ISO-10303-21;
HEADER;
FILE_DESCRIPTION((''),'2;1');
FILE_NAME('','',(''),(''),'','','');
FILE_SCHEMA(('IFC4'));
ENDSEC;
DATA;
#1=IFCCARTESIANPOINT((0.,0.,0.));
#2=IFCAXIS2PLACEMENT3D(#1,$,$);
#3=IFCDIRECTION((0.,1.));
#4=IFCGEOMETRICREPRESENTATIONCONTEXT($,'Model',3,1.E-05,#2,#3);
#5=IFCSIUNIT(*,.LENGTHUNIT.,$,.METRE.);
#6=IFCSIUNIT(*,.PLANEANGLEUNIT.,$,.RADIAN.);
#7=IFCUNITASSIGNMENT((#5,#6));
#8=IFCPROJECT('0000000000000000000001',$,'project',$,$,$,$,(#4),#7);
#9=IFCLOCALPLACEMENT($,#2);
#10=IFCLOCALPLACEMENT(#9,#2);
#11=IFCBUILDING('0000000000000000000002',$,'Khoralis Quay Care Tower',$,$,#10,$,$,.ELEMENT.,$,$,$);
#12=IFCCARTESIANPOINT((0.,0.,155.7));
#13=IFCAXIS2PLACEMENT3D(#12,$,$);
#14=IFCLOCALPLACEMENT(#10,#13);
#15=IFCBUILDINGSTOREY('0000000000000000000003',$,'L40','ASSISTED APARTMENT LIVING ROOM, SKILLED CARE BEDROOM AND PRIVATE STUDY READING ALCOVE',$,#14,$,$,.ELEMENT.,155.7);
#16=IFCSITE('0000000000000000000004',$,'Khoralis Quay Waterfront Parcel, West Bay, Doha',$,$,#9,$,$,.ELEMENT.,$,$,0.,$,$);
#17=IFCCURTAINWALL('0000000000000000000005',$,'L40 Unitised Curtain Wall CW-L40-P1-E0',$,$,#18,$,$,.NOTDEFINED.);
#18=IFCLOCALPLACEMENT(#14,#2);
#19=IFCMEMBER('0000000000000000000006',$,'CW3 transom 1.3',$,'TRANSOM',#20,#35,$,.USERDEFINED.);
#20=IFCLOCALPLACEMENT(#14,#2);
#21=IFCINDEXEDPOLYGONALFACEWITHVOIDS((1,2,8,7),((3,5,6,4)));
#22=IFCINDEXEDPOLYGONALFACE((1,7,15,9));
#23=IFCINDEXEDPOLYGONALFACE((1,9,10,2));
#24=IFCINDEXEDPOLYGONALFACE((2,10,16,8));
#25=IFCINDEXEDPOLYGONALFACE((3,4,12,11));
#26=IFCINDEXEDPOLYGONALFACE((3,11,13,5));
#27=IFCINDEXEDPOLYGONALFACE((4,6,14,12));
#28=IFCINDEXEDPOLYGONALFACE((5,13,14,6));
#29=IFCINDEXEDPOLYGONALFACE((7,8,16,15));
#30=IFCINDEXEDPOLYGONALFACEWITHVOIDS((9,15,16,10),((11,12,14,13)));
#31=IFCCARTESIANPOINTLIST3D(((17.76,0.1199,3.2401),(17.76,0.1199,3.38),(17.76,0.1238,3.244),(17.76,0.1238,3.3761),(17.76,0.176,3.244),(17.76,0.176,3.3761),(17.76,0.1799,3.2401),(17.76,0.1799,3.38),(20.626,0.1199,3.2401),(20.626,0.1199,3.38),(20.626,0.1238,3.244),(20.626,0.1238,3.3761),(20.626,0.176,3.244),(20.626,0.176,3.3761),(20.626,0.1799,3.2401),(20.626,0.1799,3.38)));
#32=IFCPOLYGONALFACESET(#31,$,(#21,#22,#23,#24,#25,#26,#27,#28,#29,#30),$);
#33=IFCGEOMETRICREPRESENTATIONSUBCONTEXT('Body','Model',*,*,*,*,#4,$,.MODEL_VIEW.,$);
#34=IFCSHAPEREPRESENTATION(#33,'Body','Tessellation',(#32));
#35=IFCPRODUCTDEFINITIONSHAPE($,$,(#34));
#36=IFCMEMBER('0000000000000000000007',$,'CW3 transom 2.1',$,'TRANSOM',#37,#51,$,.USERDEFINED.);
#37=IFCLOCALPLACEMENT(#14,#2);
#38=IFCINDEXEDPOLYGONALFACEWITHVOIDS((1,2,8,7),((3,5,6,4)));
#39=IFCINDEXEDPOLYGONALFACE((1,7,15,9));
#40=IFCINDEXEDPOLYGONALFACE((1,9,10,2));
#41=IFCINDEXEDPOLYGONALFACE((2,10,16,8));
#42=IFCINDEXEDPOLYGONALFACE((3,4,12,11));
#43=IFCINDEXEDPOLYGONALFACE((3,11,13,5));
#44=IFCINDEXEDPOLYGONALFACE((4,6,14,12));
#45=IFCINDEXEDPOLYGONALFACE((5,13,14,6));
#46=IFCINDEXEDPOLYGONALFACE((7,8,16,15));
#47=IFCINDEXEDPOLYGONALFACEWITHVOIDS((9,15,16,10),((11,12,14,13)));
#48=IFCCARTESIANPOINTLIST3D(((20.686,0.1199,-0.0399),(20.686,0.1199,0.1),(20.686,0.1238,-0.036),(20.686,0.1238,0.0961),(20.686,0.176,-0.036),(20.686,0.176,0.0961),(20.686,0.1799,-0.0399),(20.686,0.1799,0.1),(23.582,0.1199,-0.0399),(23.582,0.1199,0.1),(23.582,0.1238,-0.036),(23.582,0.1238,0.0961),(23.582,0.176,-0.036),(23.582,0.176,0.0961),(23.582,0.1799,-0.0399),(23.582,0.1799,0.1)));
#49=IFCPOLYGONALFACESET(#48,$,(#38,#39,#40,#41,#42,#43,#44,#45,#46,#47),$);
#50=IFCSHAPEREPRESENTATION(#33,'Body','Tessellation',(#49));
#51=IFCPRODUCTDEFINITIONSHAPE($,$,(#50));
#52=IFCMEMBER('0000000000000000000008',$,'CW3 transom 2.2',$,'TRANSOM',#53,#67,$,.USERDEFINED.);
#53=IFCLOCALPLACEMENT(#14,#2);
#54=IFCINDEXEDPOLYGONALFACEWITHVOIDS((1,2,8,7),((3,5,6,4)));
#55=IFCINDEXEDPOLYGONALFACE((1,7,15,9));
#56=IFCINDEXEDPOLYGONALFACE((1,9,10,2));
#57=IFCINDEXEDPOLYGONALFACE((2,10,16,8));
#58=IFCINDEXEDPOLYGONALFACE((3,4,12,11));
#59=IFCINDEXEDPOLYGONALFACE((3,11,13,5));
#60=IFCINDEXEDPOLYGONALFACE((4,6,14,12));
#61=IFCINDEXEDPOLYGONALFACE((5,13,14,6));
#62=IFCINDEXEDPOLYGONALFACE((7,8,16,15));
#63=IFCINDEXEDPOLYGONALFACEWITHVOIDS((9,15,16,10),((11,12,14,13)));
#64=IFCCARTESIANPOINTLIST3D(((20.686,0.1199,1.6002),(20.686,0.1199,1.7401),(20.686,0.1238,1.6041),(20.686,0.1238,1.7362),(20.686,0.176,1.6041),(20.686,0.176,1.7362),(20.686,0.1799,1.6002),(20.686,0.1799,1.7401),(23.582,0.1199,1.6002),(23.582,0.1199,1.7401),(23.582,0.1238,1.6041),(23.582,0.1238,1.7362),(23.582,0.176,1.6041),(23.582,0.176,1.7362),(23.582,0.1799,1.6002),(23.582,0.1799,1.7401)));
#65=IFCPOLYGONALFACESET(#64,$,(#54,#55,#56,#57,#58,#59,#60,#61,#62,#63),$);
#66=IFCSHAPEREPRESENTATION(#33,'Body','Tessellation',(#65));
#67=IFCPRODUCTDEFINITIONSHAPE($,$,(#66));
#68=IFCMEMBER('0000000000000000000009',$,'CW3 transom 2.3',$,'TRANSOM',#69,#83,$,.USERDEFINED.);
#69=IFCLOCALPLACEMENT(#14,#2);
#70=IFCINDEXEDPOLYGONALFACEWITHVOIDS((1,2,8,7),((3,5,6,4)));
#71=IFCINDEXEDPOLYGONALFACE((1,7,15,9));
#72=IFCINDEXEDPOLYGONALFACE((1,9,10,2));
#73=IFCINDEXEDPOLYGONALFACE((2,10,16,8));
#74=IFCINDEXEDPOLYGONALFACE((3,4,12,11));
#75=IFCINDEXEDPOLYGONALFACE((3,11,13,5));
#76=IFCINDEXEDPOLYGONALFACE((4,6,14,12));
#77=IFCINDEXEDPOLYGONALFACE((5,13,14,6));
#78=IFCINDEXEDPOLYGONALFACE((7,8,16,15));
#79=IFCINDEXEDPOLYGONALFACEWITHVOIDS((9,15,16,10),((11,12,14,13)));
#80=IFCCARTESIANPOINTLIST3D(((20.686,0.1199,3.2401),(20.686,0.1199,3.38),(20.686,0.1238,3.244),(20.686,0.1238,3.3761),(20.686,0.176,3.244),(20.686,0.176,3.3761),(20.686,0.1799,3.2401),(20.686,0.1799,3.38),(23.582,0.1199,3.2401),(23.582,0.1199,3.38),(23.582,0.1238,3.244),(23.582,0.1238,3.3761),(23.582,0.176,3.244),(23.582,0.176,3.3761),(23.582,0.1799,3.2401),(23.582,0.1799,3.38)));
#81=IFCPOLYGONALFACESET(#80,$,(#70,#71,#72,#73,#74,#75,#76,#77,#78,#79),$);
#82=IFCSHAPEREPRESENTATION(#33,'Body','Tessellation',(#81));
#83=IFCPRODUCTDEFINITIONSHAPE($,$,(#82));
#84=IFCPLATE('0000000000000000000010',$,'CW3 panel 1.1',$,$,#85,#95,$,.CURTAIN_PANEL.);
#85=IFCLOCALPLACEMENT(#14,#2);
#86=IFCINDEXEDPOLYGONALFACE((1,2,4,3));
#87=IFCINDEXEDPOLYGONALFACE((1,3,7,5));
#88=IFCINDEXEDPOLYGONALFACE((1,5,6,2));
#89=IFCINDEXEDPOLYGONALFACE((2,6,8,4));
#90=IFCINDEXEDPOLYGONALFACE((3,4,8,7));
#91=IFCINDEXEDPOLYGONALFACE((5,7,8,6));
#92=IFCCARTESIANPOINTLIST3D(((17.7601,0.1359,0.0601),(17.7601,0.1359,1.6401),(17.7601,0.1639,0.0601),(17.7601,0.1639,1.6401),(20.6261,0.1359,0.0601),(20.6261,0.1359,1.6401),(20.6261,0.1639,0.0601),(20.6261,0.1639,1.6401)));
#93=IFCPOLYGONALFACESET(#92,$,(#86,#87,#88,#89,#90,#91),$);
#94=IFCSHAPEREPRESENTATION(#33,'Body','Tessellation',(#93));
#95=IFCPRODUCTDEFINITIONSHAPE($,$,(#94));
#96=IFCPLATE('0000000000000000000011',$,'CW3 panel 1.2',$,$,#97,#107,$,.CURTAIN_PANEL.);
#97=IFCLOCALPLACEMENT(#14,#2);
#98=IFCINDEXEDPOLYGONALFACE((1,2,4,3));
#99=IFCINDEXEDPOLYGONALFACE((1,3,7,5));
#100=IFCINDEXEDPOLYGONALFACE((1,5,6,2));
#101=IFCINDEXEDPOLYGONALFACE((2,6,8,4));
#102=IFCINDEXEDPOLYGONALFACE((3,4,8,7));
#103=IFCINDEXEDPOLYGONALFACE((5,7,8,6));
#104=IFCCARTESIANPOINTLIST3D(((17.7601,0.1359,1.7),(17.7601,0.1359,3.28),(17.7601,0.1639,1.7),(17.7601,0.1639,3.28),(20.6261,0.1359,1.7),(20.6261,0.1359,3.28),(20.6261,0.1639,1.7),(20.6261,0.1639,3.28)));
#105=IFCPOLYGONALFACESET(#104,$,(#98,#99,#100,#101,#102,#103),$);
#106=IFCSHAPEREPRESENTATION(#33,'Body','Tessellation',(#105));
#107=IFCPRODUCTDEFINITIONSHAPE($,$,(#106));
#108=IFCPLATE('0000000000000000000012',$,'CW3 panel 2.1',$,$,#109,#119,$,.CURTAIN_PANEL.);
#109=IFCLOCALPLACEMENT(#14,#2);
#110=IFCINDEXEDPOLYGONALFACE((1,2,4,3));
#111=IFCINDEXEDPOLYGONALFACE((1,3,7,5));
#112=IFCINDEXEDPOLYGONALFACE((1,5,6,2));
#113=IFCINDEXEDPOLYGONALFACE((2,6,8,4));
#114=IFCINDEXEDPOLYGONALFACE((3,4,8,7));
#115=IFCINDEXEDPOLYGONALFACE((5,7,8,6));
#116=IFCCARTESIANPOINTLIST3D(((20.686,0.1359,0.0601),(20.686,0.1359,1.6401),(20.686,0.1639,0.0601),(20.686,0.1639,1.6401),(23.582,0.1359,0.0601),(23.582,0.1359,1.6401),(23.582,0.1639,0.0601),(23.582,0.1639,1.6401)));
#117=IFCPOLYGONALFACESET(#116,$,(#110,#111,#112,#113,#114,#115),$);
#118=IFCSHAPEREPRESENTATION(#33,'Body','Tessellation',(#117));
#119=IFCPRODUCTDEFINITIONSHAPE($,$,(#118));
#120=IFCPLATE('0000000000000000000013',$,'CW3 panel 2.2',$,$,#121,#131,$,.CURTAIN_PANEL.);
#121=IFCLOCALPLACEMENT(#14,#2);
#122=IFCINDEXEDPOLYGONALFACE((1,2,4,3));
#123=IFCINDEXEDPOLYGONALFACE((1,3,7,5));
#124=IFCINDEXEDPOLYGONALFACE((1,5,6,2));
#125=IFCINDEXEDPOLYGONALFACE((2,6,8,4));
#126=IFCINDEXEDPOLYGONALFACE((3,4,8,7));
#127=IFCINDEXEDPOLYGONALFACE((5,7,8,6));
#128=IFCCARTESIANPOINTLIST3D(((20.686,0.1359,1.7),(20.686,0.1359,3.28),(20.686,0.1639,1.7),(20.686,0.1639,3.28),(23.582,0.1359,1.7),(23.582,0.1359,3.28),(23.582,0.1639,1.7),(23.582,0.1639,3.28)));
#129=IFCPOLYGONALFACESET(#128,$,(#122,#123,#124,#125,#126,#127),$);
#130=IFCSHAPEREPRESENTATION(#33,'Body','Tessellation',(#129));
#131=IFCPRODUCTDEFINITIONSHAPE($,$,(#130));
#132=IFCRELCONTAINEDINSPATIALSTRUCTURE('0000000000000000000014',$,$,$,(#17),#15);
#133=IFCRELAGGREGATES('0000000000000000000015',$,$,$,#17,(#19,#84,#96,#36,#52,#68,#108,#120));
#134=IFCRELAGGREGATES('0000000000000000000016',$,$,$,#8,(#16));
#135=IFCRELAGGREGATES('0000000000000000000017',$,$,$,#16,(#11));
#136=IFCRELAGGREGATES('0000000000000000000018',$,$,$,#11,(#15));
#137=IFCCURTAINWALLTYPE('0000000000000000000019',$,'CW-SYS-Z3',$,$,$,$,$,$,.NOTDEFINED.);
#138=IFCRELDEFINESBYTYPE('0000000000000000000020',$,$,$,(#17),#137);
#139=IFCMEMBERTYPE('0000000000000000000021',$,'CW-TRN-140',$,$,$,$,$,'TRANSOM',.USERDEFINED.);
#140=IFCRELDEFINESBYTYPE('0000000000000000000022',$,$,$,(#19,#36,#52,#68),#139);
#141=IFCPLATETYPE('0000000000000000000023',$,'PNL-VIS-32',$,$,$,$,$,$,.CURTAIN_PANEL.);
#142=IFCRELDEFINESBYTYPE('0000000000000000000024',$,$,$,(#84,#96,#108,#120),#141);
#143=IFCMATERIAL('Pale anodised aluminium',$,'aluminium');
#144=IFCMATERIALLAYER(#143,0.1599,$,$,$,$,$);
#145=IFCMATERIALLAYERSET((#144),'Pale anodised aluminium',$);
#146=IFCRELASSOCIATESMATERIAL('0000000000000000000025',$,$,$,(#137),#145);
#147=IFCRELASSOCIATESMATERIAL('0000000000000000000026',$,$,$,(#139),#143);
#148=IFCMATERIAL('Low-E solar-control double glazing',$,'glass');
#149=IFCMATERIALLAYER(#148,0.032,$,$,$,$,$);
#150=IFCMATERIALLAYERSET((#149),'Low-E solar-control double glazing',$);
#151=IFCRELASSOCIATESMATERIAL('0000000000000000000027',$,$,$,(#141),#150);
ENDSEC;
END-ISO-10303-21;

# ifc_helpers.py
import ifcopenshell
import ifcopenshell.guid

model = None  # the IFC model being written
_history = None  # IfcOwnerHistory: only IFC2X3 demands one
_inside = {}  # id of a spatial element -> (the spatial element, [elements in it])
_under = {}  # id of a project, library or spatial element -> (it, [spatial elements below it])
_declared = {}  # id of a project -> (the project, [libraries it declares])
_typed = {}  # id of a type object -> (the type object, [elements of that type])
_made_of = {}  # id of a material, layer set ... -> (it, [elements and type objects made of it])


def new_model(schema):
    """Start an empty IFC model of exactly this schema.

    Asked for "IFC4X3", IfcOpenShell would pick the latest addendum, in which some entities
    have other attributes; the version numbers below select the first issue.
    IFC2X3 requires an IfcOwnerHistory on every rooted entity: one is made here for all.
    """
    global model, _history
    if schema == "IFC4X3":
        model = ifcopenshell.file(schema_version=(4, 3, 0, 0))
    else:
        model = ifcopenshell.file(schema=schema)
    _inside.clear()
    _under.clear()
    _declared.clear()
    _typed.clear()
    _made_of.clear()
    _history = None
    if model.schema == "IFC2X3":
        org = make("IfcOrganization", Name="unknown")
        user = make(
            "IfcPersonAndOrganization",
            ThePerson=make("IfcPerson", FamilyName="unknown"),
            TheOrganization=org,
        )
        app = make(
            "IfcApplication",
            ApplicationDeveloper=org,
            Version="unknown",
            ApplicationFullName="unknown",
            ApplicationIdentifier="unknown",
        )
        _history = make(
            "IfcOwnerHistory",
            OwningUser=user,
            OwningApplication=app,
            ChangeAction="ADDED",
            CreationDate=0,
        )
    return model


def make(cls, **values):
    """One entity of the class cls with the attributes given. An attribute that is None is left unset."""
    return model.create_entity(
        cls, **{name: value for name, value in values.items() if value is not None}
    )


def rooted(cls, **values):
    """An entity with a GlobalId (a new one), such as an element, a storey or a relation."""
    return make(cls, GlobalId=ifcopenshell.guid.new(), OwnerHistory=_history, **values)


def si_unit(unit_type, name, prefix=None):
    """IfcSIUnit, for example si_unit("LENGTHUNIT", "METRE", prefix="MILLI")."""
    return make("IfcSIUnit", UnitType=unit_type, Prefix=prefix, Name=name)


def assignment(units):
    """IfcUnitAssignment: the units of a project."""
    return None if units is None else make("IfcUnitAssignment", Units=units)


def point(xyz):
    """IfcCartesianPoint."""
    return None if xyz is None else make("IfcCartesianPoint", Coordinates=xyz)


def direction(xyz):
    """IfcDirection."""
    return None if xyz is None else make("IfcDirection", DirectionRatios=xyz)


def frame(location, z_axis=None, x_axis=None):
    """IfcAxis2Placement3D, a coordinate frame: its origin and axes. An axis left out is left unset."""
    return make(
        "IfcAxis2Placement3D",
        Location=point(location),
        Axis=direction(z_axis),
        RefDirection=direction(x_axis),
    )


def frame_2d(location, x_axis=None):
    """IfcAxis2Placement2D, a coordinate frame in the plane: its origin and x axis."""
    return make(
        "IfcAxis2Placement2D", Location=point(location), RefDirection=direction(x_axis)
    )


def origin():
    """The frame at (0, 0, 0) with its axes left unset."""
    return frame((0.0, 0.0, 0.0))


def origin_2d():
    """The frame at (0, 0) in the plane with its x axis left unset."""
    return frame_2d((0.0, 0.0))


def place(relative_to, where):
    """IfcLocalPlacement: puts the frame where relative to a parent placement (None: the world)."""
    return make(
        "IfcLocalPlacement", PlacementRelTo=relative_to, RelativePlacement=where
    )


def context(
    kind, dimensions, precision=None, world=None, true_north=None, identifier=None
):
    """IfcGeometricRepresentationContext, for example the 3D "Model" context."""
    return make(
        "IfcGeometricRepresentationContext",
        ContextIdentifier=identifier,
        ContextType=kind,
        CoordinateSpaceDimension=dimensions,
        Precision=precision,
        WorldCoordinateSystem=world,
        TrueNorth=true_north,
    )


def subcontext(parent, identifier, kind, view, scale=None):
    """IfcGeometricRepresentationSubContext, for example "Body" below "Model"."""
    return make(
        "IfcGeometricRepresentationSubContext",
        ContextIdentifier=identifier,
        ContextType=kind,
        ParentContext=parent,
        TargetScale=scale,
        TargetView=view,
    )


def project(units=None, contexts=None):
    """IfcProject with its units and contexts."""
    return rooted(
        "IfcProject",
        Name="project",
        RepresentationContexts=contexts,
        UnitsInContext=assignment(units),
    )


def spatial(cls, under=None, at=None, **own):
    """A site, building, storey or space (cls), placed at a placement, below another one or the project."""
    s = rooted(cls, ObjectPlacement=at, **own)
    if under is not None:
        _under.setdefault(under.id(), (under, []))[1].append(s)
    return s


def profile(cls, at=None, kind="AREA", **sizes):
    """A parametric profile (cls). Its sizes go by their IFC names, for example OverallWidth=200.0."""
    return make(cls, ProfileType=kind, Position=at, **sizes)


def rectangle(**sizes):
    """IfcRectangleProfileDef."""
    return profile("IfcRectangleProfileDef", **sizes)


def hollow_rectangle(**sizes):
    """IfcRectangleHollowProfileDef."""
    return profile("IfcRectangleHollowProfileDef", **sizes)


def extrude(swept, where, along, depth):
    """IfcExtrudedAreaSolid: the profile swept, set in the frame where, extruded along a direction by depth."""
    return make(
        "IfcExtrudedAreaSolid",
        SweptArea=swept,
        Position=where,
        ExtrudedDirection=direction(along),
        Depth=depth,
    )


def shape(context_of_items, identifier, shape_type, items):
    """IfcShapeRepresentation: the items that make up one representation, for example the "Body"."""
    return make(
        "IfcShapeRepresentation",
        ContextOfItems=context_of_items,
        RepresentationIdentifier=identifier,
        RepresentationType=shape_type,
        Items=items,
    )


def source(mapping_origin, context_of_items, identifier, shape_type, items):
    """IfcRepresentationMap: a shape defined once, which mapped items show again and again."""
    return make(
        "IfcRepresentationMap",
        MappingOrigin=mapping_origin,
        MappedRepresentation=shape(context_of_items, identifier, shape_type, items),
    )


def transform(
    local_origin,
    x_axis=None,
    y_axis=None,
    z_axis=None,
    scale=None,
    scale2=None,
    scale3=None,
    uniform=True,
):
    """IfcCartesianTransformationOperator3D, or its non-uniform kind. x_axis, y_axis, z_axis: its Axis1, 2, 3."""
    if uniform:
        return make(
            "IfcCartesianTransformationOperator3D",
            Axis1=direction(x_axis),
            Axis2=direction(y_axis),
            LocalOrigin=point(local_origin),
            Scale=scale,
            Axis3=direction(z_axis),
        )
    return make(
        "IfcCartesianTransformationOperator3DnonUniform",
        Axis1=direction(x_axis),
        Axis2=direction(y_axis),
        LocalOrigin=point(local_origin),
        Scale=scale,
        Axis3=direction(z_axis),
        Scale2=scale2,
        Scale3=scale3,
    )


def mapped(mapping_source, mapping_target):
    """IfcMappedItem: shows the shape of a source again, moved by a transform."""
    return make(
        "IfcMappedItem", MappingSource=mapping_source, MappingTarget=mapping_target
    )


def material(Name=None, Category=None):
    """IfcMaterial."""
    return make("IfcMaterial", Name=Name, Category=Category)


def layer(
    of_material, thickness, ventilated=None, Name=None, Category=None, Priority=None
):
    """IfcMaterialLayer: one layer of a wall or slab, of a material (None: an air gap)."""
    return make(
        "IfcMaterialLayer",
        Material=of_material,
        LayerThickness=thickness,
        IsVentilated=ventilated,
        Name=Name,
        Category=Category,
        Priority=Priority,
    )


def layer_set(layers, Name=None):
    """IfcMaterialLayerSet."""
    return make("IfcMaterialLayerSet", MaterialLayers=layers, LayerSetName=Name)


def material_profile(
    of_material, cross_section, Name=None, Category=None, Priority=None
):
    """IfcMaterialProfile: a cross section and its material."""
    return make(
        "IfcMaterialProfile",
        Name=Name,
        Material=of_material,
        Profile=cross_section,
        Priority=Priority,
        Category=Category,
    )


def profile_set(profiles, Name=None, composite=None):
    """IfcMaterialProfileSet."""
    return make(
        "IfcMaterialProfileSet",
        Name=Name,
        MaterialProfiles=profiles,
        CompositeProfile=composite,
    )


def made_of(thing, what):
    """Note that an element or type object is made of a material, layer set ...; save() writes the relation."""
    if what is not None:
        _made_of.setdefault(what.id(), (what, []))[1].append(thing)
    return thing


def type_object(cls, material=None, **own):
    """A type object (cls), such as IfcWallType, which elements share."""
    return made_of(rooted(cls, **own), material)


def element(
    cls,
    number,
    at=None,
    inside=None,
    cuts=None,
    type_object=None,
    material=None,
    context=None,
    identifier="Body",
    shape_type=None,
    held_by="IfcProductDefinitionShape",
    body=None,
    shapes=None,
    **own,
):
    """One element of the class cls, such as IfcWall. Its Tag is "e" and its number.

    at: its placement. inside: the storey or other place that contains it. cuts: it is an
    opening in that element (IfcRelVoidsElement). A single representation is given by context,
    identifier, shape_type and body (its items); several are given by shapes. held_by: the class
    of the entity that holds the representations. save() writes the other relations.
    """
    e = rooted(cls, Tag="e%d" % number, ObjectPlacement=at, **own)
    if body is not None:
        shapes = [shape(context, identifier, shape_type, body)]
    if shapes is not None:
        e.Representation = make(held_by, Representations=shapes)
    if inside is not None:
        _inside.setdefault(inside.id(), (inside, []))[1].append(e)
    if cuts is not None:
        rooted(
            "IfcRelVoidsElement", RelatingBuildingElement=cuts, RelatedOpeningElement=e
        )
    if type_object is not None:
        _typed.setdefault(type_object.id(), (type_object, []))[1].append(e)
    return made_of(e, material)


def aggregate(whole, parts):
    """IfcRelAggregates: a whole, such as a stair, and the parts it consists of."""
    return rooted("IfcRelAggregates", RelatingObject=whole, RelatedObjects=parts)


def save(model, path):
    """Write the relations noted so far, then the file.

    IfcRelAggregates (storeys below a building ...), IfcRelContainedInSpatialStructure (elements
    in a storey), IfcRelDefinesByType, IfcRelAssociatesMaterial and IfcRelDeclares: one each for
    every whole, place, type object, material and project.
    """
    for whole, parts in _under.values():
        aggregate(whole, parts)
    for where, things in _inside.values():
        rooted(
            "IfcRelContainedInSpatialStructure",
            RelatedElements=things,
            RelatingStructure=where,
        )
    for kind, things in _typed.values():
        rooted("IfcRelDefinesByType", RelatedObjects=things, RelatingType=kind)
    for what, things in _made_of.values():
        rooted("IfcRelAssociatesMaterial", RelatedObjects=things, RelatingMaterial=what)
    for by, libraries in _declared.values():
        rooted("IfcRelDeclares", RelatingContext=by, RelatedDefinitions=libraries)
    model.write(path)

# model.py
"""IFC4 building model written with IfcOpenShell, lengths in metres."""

from ifc_helpers import new_model, si_unit, direction, frame, origin, origin_2d, place, context, subcontext, project, spatial, rectangle, hollow_rectangle, extrude, source, transform, mapped, material, layer, layer_set, material_profile, profile_set, type_object, element, aggregate, save


model = new_model("IFC4")

# Units and contexts
model_context = context("Model", 3, precision=1e-05, world=origin(), true_north=direction((0.0, 1.0)))
body_context = subcontext(model_context, "Body", "Model", "MODEL_VIEW")
ifc_project = project(units=[si_unit("LENGTHUNIT", "METRE"), si_unit("PLANEANGLEUNIT", "RADIAN")], contexts=[model_context])

# Site, building, storey
site_placement = place(None, origin())
site = spatial("IfcSite", under=ifc_project, at=site_placement, Name="Khoralis Quay Waterfront Parcel, West Bay, Doha", CompositionType="ELEMENT", RefElevation=0.0)
building_placement = place(site_placement, origin())
building = spatial("IfcBuilding", under=site, at=building_placement, Name="Khoralis Quay Care Tower", CompositionType="ELEMENT")
storey_placement = place(building_placement, frame((0.0, 0.0, 155.7)))
storey = spatial("IfcBuildingStorey", under=building, at=storey_placement, Name="L40", Description="ASSISTED APARTMENT LIVING ROOM, SKILLED CARE BEDROOM AND PRIVATE STUDY READING ALCOVE", CompositionType="ELEMENT", Elevation=155.7)

# Curtain wall, members, plates
ifc_material_1 = material(Name="Pale anodised aluminium", Category="aluminium")
ifc_layer_1 = layer(ifc_material_1, 0.1599)
ifc_layer_set_1 = layer_set([ifc_layer_1], Name="Pale anodised aluminium")
curtain_wall_type = type_object("IfcCurtainWallType", Name="CW-SYS-Z3", PredefinedType="NOTDEFINED", material=ifc_layer_set_1)
curtain_wall_placement = place(storey_placement, origin())
curtain_wall = element("IfcCurtainWall", 1, at=curtain_wall_placement, inside=storey, type_object=curtain_wall_type, Name="L40 Unitised Curtain Wall CW-L40-P1-E0", PredefinedType="NOTDEFINED")
ifc_material_profile_1 = material_profile(ifc_material_1, hollow_rectangle(XDim=0.0601, YDim=0.1399, WallThickness=0.0039, at=origin_2d()), Name="Pale anodised aluminium")
ifc_profile_set_1 = profile_set([ifc_material_profile_1], Name="Pale anodised aluminium")
member_type_1 = type_object("IfcMemberType", Name="CW-TRN-140", ElementType="TRANSOM", PredefinedType="USERDEFINED", material=ifc_profile_set_1)
shared_shape_1 = source(origin(), body_context, "Body", "SweptSolid", [
    extrude(hollow_rectangle(XDim=0.0601, YDim=0.1399, WallThickness=0.0039, at=origin_2d()), origin(), (0.0, 0.0, 1.0), 2.866),
])
member_1_placement = place(storey_placement, frame((17.76, 0.1499, 3.3101), z_axis=(1.0, 0.0, 0.0), x_axis=(0.0, 1.0, 0.0)))
member_1 = element("IfcMember", 2, at=member_1_placement, type_object=member_type_1, Name="CW3 transom 1.3", ObjectType="TRANSOM", PredefinedType="USERDEFINED", context=body_context, shape_type="MappedRepresentation", body=[
    mapped(shared_shape_1, transform((0.0, 0.0, 0.0), scale=1.0)),
])
shared_shape_2 = source(origin(), body_context, "Body", "SweptSolid", [
    extrude(hollow_rectangle(XDim=0.0601, YDim=0.1399, WallThickness=0.0039, at=origin_2d()), origin(), (0.0, 0.0, 1.0), 2.896),
])
member_2_placement = place(storey_placement, frame((20.686, 0.1499, 0.03), z_axis=(1.0, 0.0, 0.0), x_axis=(0.0, 1.0, 0.0)))
member_2 = element("IfcMember", 3, at=member_2_placement, type_object=member_type_1, Name="CW3 transom 2.1", ObjectType="TRANSOM", PredefinedType="USERDEFINED", context=body_context, shape_type="MappedRepresentation", body=[
    mapped(shared_shape_2, transform((0.0, 0.0, 0.0), scale=1.0)),
])
member_3_placement = place(storey_placement, frame((20.686, 0.1499, 1.6702), z_axis=(1.0, 0.0, 0.0), x_axis=(0.0, 1.0, 0.0)))
member_3 = element("IfcMember", 4, at=member_3_placement, type_object=member_type_1, Name="CW3 transom 2.2", ObjectType="TRANSOM", PredefinedType="USERDEFINED", context=body_context, shape_type="MappedRepresentation", body=[
    mapped(shared_shape_2, transform((0.0, 0.0, 0.0), scale=1.0)),
])
member_4_placement = place(storey_placement, frame((20.686, 0.1499, 3.3101), z_axis=(1.0, 0.0, 0.0), x_axis=(0.0, 1.0, 0.0)))
member_4 = element("IfcMember", 5, at=member_4_placement, type_object=member_type_1, Name="CW3 transom 2.3", ObjectType="TRANSOM", PredefinedType="USERDEFINED", context=body_context, shape_type="MappedRepresentation", body=[
    mapped(shared_shape_2, transform((0.0, 0.0, 0.0), scale=1.0)),
])
ifc_material_2 = material(Name="Low-E solar-control double glazing", Category="glass")
ifc_layer_2 = layer(ifc_material_2, 0.032)
ifc_layer_set_2 = layer_set([ifc_layer_2], Name="Low-E solar-control double glazing")
plate_type = type_object("IfcPlateType", Name="PNL-VIS-32", PredefinedType="CURTAIN_PANEL", material=ifc_layer_set_2)
shared_shape_3 = source(origin(), body_context, "Body", "SweptSolid", [
    extrude(rectangle(XDim=2.866, YDim=0.0281, at=origin_2d()), origin(), (0.0, 0.0, 1.0), 1.5801),
])
plate_1_placement = place(storey_placement, frame((19.1931, 0.1499, 0.0601), z_axis=(0.0, 0.0, 1.0), x_axis=(1.0, 0.0, 0.0)))
plate_1 = element("IfcPlate", 6, at=plate_1_placement, type_object=plate_type, Name="CW3 panel 1.1", PredefinedType="CURTAIN_PANEL", context=body_context, shape_type="MappedRepresentation", body=[
    mapped(shared_shape_3, transform((0.0, 0.0, 0.0), scale=1.0)),
])
plate_2_placement = place(storey_placement, frame((19.1931, 0.1499, 1.7), z_axis=(0.0, 0.0, 1.0), x_axis=(1.0, 0.0, 0.0)))
plate_2 = element("IfcPlate", 7, at=plate_2_placement, type_object=plate_type, Name="CW3 panel 1.2", PredefinedType="CURTAIN_PANEL", context=body_context, shape_type="MappedRepresentation", body=[
    mapped(shared_shape_3, transform((0.0, 0.0, 0.0), scale=1.0)),
])
shared_shape_4 = source(origin(), body_context, "Body", "SweptSolid", [
    extrude(rectangle(XDim=2.896, YDim=0.0281, at=origin_2d()), origin(), (0.0, 0.0, 1.0), 1.5801),
])
plate_3_placement = place(storey_placement, frame((22.134, 0.1499, 0.0601), z_axis=(0.0, 0.0, 1.0), x_axis=(1.0, 0.0, 0.0)))
plate_3 = element("IfcPlate", 8, at=plate_3_placement, type_object=plate_type, Name="CW3 panel 2.1", PredefinedType="CURTAIN_PANEL", context=body_context, shape_type="MappedRepresentation", body=[
    mapped(shared_shape_4, transform((0.0, 0.0, 0.0), scale=1.0)),
])
plate_4_placement = place(storey_placement, frame((22.134, 0.1499, 1.7), z_axis=(0.0, 0.0, 1.0), x_axis=(1.0, 0.0, 0.0)))
plate_4 = element("IfcPlate", 9, at=plate_4_placement, type_object=plate_type, Name="CW3 panel 2.2", PredefinedType="CURTAIN_PANEL", context=body_context, shape_type="MappedRepresentation", body=[
    mapped(shared_shape_4, transform((0.0, 0.0, 0.0), scale=1.0)),
])
aggregate(curtain_wall, [member_1, plate_1, plate_2, member_2, member_3, member_4, plate_3, plate_4])

save(model, "model.ifc")
